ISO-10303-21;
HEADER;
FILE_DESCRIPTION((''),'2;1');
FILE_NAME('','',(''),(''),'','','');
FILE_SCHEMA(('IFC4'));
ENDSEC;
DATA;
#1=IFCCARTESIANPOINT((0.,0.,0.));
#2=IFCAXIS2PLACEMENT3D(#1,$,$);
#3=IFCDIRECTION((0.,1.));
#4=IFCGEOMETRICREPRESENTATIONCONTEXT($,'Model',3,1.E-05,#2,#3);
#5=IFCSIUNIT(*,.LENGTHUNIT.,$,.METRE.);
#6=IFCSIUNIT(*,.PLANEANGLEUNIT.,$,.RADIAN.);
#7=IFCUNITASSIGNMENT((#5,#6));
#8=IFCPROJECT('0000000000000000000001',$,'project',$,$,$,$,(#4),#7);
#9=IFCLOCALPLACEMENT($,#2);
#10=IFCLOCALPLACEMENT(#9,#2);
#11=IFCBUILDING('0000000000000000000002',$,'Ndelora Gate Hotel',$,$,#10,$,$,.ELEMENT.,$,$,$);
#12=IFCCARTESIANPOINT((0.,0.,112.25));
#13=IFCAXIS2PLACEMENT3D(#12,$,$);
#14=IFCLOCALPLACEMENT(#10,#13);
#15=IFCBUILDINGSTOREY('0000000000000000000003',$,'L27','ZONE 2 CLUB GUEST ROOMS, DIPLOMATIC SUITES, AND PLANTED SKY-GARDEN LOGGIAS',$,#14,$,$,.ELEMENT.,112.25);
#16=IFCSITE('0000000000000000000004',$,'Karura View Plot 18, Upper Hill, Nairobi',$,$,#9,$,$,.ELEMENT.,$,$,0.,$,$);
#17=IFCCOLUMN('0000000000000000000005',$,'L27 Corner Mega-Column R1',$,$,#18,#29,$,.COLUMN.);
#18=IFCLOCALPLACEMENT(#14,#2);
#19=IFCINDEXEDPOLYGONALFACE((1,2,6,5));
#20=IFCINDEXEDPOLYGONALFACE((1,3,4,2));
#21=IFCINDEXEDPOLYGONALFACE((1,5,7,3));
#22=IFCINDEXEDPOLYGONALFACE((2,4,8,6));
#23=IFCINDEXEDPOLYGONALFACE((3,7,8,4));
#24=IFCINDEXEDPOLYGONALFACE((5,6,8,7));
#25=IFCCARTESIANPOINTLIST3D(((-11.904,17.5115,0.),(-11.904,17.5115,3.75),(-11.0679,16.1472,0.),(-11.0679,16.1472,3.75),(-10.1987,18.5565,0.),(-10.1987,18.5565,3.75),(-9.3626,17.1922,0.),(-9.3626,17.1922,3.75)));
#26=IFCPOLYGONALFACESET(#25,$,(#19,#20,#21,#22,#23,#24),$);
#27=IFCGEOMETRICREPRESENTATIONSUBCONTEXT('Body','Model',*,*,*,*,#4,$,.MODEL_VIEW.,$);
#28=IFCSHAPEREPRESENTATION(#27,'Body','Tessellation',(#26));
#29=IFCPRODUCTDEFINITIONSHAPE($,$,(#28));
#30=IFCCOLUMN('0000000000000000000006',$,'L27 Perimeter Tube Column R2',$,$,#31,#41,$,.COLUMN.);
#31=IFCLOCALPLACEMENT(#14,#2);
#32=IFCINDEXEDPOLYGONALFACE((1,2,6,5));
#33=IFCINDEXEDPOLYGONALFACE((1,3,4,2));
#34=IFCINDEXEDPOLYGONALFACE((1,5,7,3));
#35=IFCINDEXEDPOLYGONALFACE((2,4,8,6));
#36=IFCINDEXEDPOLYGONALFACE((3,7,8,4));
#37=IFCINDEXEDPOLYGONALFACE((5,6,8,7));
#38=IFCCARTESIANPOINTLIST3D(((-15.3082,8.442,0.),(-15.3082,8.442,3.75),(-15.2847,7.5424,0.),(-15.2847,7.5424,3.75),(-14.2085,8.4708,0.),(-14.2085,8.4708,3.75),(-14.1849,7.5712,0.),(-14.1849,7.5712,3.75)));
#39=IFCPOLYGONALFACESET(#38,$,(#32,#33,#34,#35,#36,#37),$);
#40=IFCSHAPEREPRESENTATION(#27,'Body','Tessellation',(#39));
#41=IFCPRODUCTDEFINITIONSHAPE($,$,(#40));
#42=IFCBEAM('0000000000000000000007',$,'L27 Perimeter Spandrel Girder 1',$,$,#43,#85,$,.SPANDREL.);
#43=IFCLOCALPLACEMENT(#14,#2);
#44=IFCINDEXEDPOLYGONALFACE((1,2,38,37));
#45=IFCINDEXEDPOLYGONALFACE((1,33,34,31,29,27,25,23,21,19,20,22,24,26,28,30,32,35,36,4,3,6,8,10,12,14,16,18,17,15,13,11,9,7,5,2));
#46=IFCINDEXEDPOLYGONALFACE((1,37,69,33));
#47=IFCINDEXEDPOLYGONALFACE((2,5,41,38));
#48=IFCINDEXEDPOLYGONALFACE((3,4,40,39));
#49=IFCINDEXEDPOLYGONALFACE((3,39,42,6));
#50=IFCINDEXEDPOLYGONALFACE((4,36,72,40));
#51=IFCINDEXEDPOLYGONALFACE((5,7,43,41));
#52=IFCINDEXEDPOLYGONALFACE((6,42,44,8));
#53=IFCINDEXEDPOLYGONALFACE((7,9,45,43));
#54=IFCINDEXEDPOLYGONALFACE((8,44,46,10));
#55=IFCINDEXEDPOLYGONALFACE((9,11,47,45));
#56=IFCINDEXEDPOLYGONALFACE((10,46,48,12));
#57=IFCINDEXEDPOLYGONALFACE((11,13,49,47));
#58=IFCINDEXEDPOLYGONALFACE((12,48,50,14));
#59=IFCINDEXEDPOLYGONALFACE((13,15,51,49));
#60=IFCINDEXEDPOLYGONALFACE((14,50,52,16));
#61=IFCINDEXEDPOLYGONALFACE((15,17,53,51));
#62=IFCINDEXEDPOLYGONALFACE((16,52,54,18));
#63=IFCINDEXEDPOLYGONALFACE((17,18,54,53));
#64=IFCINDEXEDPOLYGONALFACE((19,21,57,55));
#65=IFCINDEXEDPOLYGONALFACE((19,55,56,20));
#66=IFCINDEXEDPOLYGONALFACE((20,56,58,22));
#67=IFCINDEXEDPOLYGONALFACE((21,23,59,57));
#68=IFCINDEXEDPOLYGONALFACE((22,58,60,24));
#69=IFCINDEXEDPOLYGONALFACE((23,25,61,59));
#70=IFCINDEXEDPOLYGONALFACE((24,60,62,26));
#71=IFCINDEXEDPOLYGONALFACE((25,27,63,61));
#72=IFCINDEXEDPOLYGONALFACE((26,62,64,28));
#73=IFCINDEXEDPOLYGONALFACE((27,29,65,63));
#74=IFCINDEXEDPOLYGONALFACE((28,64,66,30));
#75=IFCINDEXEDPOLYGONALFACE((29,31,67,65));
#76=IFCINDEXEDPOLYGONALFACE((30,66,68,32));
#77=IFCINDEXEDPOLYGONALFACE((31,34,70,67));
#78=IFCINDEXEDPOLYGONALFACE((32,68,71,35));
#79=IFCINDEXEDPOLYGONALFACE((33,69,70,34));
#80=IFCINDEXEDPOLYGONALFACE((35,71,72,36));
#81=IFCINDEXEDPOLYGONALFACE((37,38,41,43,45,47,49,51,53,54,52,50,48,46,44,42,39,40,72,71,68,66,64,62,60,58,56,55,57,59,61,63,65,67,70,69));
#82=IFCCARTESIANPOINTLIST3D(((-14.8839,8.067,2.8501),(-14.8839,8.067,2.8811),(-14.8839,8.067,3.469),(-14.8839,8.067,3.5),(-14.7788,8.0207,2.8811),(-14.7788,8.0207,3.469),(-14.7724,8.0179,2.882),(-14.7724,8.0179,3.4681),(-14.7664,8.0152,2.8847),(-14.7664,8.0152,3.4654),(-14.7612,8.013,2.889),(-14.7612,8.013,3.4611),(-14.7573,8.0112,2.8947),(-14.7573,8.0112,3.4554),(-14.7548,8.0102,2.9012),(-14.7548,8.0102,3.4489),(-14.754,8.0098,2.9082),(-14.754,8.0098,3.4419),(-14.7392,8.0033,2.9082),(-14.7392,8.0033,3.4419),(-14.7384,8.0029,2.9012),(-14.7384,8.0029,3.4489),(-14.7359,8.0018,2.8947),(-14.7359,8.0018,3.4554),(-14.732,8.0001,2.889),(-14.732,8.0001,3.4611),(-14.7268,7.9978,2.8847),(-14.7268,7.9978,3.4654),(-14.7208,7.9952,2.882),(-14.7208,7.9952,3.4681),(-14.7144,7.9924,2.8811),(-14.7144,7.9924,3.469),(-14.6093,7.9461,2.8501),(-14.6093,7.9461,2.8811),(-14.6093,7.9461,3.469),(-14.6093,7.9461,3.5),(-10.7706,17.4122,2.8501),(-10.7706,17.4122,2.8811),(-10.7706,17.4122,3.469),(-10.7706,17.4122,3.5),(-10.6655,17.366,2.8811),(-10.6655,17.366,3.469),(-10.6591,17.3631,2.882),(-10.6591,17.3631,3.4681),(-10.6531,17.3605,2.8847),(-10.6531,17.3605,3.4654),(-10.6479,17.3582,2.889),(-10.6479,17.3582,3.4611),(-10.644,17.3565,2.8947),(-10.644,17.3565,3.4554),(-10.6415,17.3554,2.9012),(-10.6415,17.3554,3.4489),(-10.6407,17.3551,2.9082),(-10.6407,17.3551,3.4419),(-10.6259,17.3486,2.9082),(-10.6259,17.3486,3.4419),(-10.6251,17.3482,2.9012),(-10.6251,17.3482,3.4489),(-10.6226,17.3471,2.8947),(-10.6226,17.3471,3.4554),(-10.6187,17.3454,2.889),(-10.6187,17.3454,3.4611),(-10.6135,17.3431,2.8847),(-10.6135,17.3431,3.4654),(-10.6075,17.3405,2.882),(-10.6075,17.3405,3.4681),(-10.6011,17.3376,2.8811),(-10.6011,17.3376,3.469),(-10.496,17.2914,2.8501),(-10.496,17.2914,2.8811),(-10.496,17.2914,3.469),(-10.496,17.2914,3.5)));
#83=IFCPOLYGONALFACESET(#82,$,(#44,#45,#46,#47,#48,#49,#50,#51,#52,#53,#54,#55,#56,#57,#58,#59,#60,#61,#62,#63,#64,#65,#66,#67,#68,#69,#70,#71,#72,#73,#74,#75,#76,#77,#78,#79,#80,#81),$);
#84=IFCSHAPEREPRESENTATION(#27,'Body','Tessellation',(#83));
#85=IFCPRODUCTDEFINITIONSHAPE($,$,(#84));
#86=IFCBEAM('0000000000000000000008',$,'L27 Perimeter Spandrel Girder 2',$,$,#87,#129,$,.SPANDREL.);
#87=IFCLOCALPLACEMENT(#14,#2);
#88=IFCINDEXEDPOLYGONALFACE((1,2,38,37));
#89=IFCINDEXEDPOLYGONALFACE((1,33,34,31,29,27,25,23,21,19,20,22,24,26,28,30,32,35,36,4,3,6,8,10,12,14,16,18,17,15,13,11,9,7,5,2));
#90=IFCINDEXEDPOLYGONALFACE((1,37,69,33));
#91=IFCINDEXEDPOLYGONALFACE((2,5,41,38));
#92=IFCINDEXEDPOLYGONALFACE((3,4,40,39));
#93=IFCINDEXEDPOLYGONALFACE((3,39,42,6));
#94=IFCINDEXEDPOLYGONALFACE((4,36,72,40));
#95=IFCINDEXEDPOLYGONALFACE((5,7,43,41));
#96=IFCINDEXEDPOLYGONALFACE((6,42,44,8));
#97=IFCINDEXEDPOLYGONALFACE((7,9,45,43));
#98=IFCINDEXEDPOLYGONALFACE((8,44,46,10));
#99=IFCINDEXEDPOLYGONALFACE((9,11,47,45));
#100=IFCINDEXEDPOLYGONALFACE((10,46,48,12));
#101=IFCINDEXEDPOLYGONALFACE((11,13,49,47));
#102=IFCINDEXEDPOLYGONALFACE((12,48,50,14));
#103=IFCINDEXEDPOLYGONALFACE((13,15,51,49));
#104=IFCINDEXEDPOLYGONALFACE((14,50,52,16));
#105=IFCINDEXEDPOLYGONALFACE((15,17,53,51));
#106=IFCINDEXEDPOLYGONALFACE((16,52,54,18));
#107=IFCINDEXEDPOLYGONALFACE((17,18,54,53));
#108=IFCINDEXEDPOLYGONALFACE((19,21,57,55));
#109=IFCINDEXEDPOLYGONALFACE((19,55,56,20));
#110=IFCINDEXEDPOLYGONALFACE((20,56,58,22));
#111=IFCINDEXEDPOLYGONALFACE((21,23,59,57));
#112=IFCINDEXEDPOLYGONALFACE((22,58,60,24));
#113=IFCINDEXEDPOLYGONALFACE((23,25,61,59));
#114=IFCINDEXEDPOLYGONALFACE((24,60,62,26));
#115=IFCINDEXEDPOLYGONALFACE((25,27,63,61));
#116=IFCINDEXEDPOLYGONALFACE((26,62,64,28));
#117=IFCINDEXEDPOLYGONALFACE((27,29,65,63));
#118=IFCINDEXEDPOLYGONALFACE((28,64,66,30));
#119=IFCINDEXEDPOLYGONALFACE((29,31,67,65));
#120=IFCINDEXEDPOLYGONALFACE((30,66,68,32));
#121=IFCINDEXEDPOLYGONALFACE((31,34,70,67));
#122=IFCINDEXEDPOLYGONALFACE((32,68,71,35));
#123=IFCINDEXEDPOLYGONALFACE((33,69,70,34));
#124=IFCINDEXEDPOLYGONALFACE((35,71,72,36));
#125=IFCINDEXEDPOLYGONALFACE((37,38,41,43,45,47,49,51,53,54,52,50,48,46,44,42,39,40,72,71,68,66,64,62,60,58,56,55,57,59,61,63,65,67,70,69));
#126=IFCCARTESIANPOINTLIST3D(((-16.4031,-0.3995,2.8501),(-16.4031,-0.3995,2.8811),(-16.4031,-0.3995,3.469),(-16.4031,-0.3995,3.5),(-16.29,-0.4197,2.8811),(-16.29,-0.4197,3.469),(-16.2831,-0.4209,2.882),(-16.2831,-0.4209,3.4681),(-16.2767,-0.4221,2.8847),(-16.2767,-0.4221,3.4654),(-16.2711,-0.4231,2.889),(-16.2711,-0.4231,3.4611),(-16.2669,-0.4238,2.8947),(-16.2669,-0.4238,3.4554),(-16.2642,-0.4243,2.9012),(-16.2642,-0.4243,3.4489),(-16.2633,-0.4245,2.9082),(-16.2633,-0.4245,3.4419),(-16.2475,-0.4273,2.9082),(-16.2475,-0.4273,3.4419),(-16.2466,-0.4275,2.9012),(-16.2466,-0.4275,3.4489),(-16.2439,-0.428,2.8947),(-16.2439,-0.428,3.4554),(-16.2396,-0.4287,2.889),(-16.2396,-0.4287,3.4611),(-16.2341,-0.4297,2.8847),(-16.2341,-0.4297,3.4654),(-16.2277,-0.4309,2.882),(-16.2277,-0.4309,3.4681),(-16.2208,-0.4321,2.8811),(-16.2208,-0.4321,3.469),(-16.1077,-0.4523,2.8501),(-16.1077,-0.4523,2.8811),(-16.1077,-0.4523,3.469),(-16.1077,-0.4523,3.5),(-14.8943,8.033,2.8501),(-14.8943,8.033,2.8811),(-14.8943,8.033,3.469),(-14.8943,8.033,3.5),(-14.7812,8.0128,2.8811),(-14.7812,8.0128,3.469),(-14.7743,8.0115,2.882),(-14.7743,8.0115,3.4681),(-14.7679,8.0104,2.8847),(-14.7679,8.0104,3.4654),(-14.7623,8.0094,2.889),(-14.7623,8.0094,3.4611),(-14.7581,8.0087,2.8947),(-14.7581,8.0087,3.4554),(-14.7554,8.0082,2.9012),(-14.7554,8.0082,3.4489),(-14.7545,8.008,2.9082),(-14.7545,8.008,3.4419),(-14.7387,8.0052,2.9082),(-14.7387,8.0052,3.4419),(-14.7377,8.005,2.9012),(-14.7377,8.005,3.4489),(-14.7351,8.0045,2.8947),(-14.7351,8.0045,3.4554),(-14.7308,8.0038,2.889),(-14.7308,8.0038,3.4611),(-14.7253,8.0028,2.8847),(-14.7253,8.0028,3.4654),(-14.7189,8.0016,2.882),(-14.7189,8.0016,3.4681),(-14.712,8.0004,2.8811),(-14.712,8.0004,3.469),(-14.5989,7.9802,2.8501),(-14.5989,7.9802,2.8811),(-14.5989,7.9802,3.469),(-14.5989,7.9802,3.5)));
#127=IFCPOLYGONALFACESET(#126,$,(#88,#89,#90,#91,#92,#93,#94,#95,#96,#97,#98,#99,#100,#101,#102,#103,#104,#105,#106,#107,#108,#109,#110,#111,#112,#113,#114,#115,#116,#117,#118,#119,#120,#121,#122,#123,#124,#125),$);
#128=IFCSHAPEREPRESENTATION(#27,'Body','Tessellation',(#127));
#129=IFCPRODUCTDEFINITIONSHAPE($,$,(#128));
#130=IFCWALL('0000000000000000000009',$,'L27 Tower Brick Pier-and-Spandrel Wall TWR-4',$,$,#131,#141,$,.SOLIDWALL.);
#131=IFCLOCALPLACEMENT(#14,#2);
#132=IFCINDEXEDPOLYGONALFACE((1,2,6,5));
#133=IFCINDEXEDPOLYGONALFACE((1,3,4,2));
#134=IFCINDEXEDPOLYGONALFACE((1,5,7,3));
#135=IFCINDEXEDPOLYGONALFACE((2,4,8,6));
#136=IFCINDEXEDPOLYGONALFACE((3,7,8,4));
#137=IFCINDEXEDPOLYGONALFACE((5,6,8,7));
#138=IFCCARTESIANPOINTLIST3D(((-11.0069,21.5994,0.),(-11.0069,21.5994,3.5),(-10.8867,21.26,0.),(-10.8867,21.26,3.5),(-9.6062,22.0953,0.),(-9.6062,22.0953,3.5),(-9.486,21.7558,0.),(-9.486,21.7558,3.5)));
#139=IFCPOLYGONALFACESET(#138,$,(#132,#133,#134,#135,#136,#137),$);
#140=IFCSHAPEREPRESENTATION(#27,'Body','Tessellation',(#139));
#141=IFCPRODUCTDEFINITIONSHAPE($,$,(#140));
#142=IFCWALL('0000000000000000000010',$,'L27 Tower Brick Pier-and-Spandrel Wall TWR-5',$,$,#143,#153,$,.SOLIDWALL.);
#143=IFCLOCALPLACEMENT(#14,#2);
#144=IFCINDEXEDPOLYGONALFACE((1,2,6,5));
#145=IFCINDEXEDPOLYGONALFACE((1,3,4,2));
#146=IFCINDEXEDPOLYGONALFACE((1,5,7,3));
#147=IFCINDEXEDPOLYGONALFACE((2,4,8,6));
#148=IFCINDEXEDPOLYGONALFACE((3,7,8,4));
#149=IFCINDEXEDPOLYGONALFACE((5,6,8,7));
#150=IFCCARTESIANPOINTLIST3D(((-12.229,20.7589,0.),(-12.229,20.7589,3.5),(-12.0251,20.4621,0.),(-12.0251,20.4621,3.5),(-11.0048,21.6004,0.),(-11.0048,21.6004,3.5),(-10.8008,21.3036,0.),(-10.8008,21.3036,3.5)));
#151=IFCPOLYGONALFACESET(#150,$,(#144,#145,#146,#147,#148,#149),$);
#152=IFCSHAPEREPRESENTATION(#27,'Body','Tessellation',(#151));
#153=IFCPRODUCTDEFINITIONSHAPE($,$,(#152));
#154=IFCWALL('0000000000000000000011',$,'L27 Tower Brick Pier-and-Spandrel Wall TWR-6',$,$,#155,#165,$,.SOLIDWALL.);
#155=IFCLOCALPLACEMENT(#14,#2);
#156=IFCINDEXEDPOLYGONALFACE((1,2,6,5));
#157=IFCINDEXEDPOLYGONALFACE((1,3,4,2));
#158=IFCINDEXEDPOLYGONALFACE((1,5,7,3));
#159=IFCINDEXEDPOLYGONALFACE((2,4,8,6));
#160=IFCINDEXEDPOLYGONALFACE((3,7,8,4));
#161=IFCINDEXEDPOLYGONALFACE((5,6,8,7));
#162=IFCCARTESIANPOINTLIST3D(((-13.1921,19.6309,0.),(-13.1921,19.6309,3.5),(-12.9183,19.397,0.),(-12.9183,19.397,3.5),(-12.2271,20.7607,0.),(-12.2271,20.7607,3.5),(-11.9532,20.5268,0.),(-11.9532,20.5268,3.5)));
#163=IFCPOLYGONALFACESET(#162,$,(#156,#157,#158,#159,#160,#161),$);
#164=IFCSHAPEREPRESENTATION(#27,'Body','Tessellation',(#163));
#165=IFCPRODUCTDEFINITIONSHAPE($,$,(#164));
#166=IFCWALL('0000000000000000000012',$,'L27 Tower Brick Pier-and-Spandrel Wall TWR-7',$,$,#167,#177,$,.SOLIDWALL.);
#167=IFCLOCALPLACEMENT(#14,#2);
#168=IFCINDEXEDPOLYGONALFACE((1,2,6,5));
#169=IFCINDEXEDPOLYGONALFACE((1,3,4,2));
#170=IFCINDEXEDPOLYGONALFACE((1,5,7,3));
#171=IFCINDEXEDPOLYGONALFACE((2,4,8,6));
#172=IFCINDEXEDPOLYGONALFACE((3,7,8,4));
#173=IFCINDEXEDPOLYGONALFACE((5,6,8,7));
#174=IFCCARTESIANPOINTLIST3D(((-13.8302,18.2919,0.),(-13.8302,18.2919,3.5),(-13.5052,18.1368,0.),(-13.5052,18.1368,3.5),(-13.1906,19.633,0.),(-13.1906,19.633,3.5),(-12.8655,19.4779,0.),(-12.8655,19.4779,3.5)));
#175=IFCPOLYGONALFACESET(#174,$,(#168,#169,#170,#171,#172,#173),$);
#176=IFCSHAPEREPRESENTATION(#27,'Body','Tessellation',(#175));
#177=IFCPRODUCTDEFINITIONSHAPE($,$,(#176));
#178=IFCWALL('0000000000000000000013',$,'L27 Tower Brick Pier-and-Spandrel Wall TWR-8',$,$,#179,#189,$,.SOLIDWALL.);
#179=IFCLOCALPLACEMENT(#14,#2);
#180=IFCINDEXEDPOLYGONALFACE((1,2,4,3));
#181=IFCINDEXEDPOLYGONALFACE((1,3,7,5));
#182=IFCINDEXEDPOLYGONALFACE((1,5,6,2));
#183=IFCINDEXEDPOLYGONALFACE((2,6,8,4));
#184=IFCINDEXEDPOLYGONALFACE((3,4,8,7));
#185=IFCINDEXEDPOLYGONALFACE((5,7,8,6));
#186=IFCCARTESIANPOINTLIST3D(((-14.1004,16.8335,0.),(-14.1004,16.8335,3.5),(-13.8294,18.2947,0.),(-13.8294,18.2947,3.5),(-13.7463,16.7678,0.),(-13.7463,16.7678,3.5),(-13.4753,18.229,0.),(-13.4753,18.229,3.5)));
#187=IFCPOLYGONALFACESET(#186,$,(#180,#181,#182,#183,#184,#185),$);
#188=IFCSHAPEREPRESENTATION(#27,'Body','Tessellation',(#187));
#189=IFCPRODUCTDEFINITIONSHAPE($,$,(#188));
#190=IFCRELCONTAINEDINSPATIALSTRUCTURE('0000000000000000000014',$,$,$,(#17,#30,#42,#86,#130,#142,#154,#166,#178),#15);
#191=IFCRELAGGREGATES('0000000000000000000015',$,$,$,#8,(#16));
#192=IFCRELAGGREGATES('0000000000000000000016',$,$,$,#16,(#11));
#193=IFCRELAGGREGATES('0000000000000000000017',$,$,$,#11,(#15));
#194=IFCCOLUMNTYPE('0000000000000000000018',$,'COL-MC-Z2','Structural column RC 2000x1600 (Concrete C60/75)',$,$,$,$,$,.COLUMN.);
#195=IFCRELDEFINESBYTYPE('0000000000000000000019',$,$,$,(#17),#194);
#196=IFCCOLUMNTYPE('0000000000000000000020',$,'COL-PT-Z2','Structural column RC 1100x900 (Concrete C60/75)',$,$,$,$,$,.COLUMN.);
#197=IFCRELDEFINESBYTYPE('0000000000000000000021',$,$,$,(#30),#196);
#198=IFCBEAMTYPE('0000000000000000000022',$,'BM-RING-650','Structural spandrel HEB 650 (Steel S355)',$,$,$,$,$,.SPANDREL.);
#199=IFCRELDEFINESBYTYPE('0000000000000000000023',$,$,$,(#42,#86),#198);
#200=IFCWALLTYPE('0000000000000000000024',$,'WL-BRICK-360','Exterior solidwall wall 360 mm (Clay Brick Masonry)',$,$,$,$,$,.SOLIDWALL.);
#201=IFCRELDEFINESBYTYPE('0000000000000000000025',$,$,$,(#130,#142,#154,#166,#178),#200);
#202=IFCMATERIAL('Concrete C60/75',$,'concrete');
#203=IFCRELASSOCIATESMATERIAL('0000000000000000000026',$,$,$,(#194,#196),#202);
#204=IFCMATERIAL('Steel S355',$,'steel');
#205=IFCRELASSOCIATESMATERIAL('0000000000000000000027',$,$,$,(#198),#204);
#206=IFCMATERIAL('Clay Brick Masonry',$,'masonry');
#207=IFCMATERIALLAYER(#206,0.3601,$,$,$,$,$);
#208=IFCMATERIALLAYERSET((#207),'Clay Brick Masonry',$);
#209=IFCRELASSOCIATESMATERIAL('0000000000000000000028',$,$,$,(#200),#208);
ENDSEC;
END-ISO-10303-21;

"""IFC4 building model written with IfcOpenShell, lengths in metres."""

from ifc_helpers import new_model, si_unit, direction, frame, frame_2d, origin, origin_2d, place, context, subcontext, project, spatial, rectangle, i_section, extrude, material, layer, layer_set, material_profile, profile_set, type_object, element, save


model = new_model("IFC4")

# Units and contexts
model_context = context("Model", 3, precision=1e-05, world=origin(), true_north=direction((0.0, 1.0)))
body_context = subcontext(model_context, "Body", "Model", "MODEL_VIEW")
ifc_project = project(units=[si_unit("LENGTHUNIT", "METRE"), si_unit("PLANEANGLEUNIT", "RADIAN")], contexts=[model_context])

# Site, building, storey
site_placement = place(None, origin())
site = spatial("IfcSite", under=ifc_project, at=site_placement, Name="Karura View Plot 18, Upper Hill, Nairobi", CompositionType="ELEMENT", RefElevation=0.0)
building_placement = place(site_placement, origin())
building = spatial("IfcBuilding", under=site, at=building_placement, Name="Ndelora Gate Hotel", CompositionType="ELEMENT")
storey_placement = place(building_placement, frame((0.0, 0.0, 112.25)))
storey = spatial("IfcBuildingStorey", under=building, at=storey_placement, Name="L27", Description="ZONE 2 CLUB GUEST ROOMS, DIPLOMATIC SUITES, AND PLANTED SKY-GARDEN LOGGIAS", CompositionType="ELEMENT", Elevation=112.25)

# Columns
ifc_material_1 = material(Name="Concrete C60/75", Category="concrete")
ifc_material_profile_1 = material_profile(ifc_material_1, rectangle(XDim=1.6001, YDim=2.0, at=origin_2d()), Name="RC 2000x1600")
ifc_profile_set_1 = profile_set([ifc_material_profile_1], Name="Concrete C60/75")
column_type_1 = type_object("IfcColumnType", Name="COL-MC-Z2", Description="Structural column RC 2000x1600 (Concrete C60/75)", PredefinedType="COLUMN", material=ifc_profile_set_1)
column_1_placement = place(storey_placement, frame((-10.6333, 17.3518, 0.0), z_axis=(0.0, 0.0, 1.0), x_axis=(-0.522499, 0.85264, 0.0)))
element("IfcColumn", 1, at=column_1_placement, inside=storey, type_object=column_type_1, Name="L27 Corner Mega-Column R1", PredefinedType="COLUMN", context=body_context, shape_type="SweptSolid", body=[
    extrude(rectangle(XDim=1.6001, YDim=2.0, at=origin_2d()), origin(), (0.0, 0.0, 1.0), 3.75),
])
ifc_material_profile_2 = material_profile(ifc_material_1, rectangle(XDim=0.8999, YDim=1.1001, at=origin_2d()), Name="RC 1100x900")
ifc_profile_set_2 = profile_set([ifc_material_profile_2], Name="Concrete C60/75")
column_type_2 = type_object("IfcColumnType", Name="COL-PT-Z2", Description="Structural column RC 1100x900 (Concrete C60/75)", PredefinedType="COLUMN", material=ifc_profile_set_2)
column_2_placement = place(storey_placement, frame((-14.7466, 8.0066, 0.0), z_axis=(0.0, 0.0, 1.0), x_axis=(-0.026177, 0.999657, 0.0)))
element("IfcColumn", 2, at=column_2_placement, inside=storey, type_object=column_type_2, Name="L27 Perimeter Tube Column R2", PredefinedType="COLUMN", context=body_context, shape_type="SweptSolid", body=[
    extrude(rectangle(XDim=0.8999, YDim=1.1001, at=origin_2d()), origin(), (0.0, 0.0, 1.0), 3.75),
])

# Beams
ifc_material_2 = material(Name="Steel S355", Category="steel")
ifc_material_profile_3 = material_profile(ifc_material_2, i_section(OverallWidth=0.3, OverallDepth=0.6499, WebThickness=0.0161, FlangeThickness=0.031, FilletRadius=0.0271, at=origin_2d()), Name="HEB 650")
ifc_profile_set_3 = profile_set([ifc_material_profile_3], Name="Steel S355")
beam_type = type_object("IfcBeamType", Name="BM-RING-650", Description="Structural spandrel HEB 650 (Steel S355)", PredefinedType="SPANDREL", material=ifc_profile_set_3)
beam_1_placement = place(storey_placement, frame((-10.6333, 17.3518, 3.175), z_axis=(-0.402852, -0.915265, 0.0), x_axis=(0.915265, -0.402852, 0.0)))
element("IfcBeam", 3, at=beam_1_placement, inside=storey, type_object=beam_type, Name="L27 Perimeter Spandrel Girder 1", PredefinedType="SPANDREL", context=body_context, shape_type="SweptSolid", body=[
    extrude(i_section(OverallWidth=0.3, OverallDepth=0.6499, WebThickness=0.0161, FlangeThickness=0.031, FilletRadius=0.0271, at=origin_2d()), origin(), (0.0, 0.0, 1.0), 10.2104),
])
beam_2_placement = place(storey_placement, frame((-14.7466, 8.0066, 3.175), z_axis=(-0.176131, -0.984367, 0.0), x_axis=(0.984367, -0.176131, 0.0)))
element("IfcBeam", 4, at=beam_2_placement, inside=storey, type_object=beam_type, Name="L27 Perimeter Spandrel Girder 2", PredefinedType="SPANDREL", context=body_context, shape_type="SweptSolid", body=[
    extrude(i_section(OverallWidth=0.3, OverallDepth=0.6499, WebThickness=0.0161, FlangeThickness=0.031, FilletRadius=0.0271, at=origin_2d()), origin(), (0.0, 0.0, 1.0), 8.5664),
])

# Walls
ifc_material_3 = material(Name="Clay Brick Masonry", Category="masonry")
ifc_layer_1 = layer(ifc_material_3, 0.3601)
ifc_layer_set_1 = layer_set([ifc_layer_1], Name="Clay Brick Masonry")
wall_type_1 = type_object("IfcWallType", Name="WL-BRICK-360", Description="Exterior solidwall wall 360 mm (Clay Brick Masonry)", PredefinedType="SOLIDWALL", material=ifc_layer_set_1)
wall_1_placement = place(storey_placement, frame((-10.9468, 21.4297, 0.0), z_axis=(0.0, 0.0, 1.0), x_axis=(0.942671, 0.333722, 0.0)))
element("IfcWall", 5, at=wall_1_placement, inside=storey, type_object=wall_type_1, Name="L27 Tower Brick Pier-and-Spandrel Wall TWR-4", PredefinedType="SOLIDWALL", context=body_context, shape_type="SweptSolid", body=[
    extrude(rectangle(XDim=1.4858, YDim=0.3601, at=frame_2d((0.7429, 0.0))), origin(), (0.0, 0.0, 1.0), 3.5),
])
wall_2_placement = place(storey_placement, frame((-12.127, 20.6106, 0.0), z_axis=(0.0, 0.0, 1.0), x_axis=(0.824104, 0.566438, 0.0)))
element("IfcWall", 6, at=wall_2_placement, inside=storey, type_object=wall_type_1, Name="L27 Tower Brick Pier-and-Spandrel Wall TWR-5", PredefinedType="SOLIDWALL", context=body_context, shape_type="SweptSolid", body=[
    extrude(rectangle(XDim=1.4856, YDim=0.3601, at=frame_2d((0.7427, 0.0))), origin(), (0.0, 0.0, 1.0), 3.5),
])
for number, where, z_axis, x_axis, name in (
    (7, (-13.0552, 19.5139, 0.0), (0.0, 0.0, 1.0), (0.649478, 0.76038, 0.0), "L27 Tower Brick Pier-and-Spandrel Wall TWR-6"),
    (8, (-13.6677, 18.2144, 0.0), (0.0, 0.0, 1.0), (0.430508, 0.902587, 0.0), "L27 Tower Brick Pier-and-Spandrel Wall TWR-7"),
):
    element("IfcWall", number, at=place(storey_placement, frame(where, z_axis=z_axis, x_axis=x_axis)), inside=storey, type_object=wall_type_1, Name=name, PredefinedType="SOLIDWALL", context=body_context, shape_type="SweptSolid", body=[
        extrude(rectangle(XDim=1.4858, YDim=0.3601, at=frame_2d((0.7429, 0.0))), origin(), (0.0, 0.0, 1.0), 3.5),
    ])
wall_3_placement = place(storey_placement, frame((-13.9233, 16.8005, 0.0), z_axis=(0.0, 0.0, 1.0), x_axis=(0.182354, 0.983233, 0.0)))
element("IfcWall", 9, at=wall_3_placement, inside=storey, type_object=wall_type_1, Name="L27 Tower Brick Pier-and-Spandrel Wall TWR-8", PredefinedType="SOLIDWALL", context=body_context, shape_type="SweptSolid", body=[
    extrude(rectangle(XDim=1.4861, YDim=0.3601, at=frame_2d((0.7432, 0.0))), origin(), (0.0, 0.0, 1.0), 3.5),
])

save(model, "model.ifc")
